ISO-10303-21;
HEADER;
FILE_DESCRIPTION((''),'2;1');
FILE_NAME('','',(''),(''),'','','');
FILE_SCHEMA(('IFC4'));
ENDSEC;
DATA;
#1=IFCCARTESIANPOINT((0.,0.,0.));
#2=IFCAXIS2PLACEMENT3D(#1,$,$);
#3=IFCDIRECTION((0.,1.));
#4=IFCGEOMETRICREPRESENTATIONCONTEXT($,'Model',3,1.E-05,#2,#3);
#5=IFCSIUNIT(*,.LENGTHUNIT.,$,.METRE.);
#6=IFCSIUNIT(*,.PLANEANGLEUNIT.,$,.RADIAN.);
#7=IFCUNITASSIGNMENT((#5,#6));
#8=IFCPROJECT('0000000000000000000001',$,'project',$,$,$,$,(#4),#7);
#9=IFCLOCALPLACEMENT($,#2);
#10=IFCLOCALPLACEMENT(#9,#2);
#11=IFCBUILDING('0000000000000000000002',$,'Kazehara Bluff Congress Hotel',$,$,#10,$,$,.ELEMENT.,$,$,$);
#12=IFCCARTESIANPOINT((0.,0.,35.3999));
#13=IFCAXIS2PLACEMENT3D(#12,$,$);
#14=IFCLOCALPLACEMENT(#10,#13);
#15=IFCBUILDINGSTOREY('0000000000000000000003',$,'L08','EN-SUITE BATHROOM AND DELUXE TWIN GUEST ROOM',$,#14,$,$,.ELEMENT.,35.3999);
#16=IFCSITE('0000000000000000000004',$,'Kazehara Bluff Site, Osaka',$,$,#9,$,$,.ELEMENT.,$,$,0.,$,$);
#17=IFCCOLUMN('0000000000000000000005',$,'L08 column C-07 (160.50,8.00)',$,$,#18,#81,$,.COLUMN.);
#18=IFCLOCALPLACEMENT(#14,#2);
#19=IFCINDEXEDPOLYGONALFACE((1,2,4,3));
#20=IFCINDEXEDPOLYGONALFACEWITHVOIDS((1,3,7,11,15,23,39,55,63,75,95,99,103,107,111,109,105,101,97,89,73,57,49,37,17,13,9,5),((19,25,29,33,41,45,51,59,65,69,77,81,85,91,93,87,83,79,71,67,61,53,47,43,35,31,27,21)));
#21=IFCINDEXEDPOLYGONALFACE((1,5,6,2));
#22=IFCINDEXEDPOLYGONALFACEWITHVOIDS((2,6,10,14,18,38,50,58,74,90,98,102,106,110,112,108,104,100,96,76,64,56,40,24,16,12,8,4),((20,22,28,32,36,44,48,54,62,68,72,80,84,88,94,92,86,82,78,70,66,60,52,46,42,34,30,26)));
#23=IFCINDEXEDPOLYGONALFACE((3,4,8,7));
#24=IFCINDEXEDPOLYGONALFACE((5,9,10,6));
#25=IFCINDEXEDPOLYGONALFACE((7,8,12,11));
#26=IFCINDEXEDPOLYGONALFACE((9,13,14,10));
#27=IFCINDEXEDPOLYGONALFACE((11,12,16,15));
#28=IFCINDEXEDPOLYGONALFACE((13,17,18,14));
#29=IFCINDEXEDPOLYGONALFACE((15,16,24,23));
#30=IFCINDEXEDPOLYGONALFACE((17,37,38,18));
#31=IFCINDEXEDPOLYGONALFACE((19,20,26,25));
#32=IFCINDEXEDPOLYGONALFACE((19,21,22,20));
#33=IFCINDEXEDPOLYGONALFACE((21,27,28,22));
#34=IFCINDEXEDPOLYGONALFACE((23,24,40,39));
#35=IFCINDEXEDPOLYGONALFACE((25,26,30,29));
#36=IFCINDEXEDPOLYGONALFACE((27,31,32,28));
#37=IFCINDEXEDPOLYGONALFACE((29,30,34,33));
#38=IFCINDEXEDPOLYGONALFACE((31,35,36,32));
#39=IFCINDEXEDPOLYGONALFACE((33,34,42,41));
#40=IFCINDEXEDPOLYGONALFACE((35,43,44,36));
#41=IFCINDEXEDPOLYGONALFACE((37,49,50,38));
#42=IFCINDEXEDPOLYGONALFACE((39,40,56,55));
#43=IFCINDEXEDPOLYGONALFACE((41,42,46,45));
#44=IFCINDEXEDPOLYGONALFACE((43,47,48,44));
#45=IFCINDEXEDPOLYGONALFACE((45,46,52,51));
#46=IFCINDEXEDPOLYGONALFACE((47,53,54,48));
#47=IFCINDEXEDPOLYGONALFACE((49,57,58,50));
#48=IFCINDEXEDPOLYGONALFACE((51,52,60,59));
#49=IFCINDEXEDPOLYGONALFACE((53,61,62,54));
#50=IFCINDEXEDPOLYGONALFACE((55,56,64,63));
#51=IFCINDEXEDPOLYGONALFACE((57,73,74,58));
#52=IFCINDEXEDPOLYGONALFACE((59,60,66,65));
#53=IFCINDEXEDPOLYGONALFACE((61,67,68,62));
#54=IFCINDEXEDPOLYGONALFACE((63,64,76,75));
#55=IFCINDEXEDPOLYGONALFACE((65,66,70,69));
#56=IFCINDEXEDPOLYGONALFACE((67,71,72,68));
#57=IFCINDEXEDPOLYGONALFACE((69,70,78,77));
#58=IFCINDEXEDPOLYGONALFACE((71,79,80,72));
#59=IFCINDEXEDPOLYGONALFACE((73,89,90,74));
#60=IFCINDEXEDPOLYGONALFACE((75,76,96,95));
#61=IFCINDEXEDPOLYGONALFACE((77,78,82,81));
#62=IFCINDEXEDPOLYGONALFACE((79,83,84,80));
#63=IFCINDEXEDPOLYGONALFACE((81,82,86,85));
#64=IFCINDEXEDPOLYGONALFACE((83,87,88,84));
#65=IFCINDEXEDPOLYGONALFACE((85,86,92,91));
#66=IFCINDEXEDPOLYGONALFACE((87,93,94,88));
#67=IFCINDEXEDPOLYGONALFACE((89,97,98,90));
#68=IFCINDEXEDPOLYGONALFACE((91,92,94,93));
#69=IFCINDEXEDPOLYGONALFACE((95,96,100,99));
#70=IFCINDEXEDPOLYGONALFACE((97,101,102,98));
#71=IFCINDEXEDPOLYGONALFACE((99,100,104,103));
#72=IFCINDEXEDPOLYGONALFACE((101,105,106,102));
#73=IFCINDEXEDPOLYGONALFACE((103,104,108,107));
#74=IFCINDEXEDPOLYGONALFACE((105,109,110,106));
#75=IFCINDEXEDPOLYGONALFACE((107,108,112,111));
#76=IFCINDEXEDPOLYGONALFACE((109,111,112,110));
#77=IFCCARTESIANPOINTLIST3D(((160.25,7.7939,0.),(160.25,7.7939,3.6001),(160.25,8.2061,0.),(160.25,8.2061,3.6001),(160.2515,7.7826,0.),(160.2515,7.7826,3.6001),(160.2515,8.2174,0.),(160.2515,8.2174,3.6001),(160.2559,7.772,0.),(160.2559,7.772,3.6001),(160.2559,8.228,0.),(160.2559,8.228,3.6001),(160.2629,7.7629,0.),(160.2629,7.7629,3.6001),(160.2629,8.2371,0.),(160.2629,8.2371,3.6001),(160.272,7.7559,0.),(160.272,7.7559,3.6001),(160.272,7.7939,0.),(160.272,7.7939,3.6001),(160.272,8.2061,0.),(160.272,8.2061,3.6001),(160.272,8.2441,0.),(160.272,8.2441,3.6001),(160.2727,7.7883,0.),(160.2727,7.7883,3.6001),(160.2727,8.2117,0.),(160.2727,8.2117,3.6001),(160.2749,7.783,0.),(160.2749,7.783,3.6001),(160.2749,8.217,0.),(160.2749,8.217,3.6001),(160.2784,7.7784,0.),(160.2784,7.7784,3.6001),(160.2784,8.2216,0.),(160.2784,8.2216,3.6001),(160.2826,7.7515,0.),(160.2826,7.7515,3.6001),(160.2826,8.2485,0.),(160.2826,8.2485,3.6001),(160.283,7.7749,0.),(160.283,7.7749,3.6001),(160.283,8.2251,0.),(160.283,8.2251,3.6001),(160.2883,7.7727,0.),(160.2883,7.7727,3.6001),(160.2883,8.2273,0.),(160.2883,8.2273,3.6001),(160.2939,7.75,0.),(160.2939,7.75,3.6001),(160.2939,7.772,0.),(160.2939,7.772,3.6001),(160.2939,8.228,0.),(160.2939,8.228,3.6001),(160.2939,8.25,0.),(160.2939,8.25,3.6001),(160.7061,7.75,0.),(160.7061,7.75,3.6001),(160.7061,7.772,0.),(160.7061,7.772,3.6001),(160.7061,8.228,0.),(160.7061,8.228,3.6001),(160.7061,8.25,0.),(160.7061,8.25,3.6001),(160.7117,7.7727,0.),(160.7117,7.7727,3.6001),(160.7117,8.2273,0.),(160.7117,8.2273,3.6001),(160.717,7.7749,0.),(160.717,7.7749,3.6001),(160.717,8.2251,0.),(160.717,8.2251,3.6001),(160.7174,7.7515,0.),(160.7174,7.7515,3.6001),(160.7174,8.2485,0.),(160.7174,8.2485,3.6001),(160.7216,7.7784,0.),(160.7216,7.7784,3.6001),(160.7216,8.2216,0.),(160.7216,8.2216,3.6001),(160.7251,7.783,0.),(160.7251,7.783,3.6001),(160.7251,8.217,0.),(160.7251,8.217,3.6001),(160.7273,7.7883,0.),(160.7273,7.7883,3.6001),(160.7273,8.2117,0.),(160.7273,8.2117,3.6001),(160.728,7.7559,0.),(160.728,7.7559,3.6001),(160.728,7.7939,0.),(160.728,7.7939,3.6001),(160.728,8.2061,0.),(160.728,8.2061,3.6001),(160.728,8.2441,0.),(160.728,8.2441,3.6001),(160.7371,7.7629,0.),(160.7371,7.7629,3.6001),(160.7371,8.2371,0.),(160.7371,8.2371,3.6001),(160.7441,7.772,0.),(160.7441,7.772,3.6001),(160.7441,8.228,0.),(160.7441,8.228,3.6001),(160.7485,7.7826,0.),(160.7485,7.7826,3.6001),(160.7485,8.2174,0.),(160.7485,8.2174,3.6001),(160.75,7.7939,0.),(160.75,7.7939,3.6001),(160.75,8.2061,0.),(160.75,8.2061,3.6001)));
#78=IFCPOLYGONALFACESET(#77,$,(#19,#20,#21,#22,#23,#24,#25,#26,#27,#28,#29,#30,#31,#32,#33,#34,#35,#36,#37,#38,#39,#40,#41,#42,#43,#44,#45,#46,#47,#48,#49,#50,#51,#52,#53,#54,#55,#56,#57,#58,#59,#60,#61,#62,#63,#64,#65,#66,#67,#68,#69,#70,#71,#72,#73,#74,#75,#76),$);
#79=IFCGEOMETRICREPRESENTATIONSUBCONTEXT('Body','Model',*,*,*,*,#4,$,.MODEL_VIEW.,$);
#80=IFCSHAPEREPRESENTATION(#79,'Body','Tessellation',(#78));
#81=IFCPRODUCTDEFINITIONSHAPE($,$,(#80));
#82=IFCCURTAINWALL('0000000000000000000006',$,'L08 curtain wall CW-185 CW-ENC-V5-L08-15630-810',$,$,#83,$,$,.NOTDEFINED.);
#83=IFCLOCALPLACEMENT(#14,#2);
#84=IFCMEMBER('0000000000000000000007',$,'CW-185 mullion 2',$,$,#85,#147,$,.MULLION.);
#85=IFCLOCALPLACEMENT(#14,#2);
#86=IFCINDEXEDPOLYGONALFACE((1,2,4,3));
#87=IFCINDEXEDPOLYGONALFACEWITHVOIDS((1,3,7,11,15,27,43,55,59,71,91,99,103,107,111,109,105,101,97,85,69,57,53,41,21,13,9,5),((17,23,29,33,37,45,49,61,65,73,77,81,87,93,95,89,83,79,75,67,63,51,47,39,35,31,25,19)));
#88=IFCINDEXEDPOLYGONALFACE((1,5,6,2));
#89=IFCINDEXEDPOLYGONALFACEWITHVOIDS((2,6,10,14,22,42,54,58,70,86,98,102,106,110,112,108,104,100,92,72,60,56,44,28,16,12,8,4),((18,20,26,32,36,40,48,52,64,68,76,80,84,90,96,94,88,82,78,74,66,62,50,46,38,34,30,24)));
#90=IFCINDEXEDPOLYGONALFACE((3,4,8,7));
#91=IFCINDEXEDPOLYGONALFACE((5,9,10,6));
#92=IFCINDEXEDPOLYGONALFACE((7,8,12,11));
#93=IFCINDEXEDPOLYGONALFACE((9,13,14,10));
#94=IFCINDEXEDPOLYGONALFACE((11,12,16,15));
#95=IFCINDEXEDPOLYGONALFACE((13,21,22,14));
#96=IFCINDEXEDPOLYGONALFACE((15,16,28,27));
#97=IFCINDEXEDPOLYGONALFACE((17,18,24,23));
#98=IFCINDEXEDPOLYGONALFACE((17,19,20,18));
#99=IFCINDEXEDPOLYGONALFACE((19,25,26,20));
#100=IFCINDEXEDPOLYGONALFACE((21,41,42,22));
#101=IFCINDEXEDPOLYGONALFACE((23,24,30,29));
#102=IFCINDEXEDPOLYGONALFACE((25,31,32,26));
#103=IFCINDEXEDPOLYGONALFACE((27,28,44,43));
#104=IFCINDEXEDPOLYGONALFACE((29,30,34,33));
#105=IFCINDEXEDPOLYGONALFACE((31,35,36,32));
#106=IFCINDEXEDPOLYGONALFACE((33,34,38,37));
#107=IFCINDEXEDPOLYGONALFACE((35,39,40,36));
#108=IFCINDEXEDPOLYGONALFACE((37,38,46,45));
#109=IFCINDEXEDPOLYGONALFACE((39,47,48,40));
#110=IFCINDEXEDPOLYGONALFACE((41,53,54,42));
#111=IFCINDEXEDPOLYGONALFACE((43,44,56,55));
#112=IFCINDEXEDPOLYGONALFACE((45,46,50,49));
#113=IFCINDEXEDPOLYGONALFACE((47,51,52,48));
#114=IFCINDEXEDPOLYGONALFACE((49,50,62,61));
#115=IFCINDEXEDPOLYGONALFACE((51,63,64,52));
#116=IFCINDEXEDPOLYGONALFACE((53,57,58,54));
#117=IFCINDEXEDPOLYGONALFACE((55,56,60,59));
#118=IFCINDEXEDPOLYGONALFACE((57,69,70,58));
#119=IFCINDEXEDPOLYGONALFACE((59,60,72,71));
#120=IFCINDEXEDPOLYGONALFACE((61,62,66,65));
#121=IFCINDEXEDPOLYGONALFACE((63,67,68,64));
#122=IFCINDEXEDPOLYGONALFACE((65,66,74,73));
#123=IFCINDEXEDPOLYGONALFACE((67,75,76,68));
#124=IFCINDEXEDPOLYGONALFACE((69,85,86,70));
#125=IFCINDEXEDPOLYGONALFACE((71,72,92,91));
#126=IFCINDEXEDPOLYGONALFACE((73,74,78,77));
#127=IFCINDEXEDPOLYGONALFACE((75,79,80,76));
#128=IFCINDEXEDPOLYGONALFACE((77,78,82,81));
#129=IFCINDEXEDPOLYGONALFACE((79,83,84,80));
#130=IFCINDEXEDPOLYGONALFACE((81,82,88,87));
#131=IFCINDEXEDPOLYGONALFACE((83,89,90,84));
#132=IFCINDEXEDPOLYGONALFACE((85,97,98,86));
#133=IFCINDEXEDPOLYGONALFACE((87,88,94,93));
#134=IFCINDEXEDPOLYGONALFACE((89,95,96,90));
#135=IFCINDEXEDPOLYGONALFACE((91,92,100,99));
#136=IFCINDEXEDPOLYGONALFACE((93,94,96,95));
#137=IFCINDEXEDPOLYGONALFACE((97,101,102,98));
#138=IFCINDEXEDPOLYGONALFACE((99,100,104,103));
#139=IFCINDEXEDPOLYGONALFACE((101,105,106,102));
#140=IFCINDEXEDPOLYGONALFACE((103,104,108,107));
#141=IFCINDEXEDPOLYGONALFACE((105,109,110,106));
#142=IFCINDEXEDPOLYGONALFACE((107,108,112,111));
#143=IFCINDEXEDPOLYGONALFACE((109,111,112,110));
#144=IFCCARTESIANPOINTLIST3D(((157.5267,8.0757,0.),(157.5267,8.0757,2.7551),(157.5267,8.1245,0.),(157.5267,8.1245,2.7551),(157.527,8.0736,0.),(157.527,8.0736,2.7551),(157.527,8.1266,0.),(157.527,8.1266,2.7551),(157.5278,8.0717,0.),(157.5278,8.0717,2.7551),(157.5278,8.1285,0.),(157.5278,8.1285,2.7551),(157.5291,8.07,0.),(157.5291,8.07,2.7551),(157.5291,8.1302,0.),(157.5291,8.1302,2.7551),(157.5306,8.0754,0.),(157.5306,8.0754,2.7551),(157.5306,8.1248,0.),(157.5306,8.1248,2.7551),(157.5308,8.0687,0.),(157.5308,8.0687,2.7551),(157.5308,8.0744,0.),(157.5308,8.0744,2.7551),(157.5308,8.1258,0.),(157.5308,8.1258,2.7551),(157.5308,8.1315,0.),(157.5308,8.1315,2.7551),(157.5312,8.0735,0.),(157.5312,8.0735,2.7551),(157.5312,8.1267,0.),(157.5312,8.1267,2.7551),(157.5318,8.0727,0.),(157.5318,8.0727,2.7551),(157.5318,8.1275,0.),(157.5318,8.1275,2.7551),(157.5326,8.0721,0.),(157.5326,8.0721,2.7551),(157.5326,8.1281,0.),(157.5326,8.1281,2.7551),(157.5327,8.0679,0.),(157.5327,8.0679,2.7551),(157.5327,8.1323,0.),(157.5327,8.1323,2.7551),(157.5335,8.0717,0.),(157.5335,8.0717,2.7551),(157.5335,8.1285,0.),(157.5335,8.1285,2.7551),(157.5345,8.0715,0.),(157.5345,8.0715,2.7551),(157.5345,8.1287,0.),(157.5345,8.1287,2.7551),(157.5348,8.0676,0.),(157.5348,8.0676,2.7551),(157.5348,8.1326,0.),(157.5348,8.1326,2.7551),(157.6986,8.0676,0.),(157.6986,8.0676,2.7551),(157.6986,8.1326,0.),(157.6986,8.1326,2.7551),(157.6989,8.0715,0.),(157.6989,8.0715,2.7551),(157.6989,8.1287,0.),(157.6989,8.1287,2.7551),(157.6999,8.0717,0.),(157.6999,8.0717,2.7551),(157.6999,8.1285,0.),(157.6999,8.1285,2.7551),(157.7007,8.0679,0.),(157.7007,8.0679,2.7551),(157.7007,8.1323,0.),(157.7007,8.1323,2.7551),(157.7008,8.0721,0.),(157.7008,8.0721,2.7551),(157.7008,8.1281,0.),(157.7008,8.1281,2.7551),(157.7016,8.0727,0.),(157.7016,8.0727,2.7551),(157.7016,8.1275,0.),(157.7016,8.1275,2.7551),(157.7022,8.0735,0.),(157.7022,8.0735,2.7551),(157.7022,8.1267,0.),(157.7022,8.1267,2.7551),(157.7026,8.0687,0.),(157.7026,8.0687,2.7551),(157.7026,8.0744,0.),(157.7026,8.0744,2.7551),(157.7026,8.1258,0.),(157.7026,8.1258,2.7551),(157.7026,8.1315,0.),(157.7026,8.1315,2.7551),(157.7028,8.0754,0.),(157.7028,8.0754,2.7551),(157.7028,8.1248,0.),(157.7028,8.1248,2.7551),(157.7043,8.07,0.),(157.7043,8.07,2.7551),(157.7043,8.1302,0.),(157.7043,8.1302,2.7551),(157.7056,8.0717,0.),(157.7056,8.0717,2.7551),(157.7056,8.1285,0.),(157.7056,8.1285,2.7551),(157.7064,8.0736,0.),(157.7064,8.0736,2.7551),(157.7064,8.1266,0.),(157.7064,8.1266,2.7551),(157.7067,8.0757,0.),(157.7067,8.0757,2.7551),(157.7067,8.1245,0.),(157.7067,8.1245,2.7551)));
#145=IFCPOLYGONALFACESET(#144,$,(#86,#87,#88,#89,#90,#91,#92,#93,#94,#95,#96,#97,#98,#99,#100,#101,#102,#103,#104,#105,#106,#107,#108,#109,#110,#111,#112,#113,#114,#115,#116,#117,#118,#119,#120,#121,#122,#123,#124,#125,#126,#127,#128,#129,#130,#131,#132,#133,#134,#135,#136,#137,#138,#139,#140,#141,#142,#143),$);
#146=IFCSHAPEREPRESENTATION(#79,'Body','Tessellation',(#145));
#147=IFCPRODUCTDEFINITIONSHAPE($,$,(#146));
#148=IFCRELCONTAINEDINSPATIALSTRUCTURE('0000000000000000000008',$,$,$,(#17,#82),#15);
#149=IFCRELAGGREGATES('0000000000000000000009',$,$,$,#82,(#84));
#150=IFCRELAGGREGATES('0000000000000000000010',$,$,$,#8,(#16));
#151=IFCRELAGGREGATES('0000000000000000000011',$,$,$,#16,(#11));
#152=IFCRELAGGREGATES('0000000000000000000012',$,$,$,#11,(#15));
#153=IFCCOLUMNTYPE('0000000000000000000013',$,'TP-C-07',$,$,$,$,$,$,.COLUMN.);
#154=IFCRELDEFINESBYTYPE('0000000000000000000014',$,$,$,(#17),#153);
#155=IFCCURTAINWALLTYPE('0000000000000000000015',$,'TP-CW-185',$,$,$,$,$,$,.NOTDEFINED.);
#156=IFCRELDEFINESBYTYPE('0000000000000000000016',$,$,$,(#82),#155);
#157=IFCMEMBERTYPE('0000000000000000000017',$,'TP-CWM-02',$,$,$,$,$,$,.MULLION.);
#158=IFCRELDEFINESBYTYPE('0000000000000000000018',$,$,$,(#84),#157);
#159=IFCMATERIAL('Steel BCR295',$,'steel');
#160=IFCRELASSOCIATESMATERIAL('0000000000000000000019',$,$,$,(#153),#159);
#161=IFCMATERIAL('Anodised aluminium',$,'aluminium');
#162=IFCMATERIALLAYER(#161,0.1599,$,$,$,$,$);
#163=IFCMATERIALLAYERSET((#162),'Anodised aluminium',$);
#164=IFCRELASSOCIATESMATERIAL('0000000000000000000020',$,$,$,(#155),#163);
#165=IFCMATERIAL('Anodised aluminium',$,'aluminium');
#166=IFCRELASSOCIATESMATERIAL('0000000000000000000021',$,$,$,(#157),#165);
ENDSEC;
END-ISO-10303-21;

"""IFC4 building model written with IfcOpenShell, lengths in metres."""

from ifc_helpers import new_model, si_unit, direction, frame, origin, origin_2d, place, context, subcontext, project, spatial, hollow_rectangle, extrude, material, layer, layer_set, material_profile, profile_set, type_object, element, aggregate, save


model = new_model("IFC4")

# Units and contexts
model_context = context("Model", 3, precision=1e-05, world=origin(), true_north=direction((0.0, 1.0)))
body_context = subcontext(model_context, "Body", "Model", "MODEL_VIEW")
ifc_project = project(units=[si_unit("LENGTHUNIT", "METRE"), si_unit("PLANEANGLEUNIT", "RADIAN")], contexts=[model_context])

# Site, building, storey
site_placement = place(None, origin())
site = spatial("IfcSite", under=ifc_project, at=site_placement, Name="Kazehara Bluff Site, Osaka", CompositionType="ELEMENT", RefElevation=0.0)
building_placement = place(site_placement, origin())
building = spatial("IfcBuilding", under=site, at=building_placement, Name="Kazehara Bluff Congress Hotel", CompositionType="ELEMENT")
storey_placement = place(building_placement, frame((0.0, 0.0, 35.3999)))
storey = spatial("IfcBuildingStorey", under=building, at=storey_placement, Name="L08", Description="EN-SUITE BATHROOM AND DELUXE TWIN GUEST ROOM", CompositionType="ELEMENT", Elevation=35.3999)

# Column
ifc_material_1 = material(Name="Steel BCR295", Category="steel")
ifc_material_profile_1 = material_profile(ifc_material_1, hollow_rectangle(XDim=0.5, YDim=0.5, WallThickness=0.022, InnerFilletRadius=0.022, OuterFilletRadius=0.0439, at=origin_2d()))
ifc_profile_set_1 = profile_set([ifc_material_profile_1], Name="Steel BCR295")
column_type = type_object("IfcColumnType", Name="TP-C-07", PredefinedType="COLUMN", material=ifc_profile_set_1)
column_placement = place(storey_placement, frame((160.5, 8.0, 0.0), z_axis=(0.0, 0.0, 1.0), x_axis=(1.0, 0.0, 0.0)))
element("IfcColumn", 1, at=column_placement, inside=storey, type_object=column_type, Name="L08 column C-07 (160.50,8.00)", PredefinedType="COLUMN", context=body_context, shape_type="SweptSolid", body=[
    extrude(hollow_rectangle(XDim=0.5, YDim=0.5, WallThickness=0.022, InnerFilletRadius=0.022, OuterFilletRadius=0.0439, at=origin_2d()), origin(), (0.0, 0.0, 1.0), 3.6001),
])

# Curtain wall, member
ifc_material_2 = material(Name="Anodised aluminium", Category="aluminium")
ifc_layer_1 = layer(ifc_material_2, 0.1599)
ifc_layer_set_1 = layer_set([ifc_layer_1], Name="Anodised aluminium")
curtain_wall_type = type_object("IfcCurtainWallType", Name="TP-CW-185", PredefinedType="NOTDEFINED", material=ifc_layer_set_1)
curtain_wall_placement = place(storey_placement, origin())
curtain_wall = element("IfcCurtainWall", 2, at=curtain_wall_placement, inside=storey, type_object=curtain_wall_type, Name="L08 curtain wall CW-185 CW-ENC-V5-L08-15630-810", PredefinedType="NOTDEFINED")
ifc_material_3 = material(Name="Anodised aluminium", Category="aluminium")
ifc_material_profile_2 = material_profile(ifc_material_3, hollow_rectangle(XDim=0.0649, YDim=0.1799, WallThickness=0.0039, InnerFilletRadius=0.0039, OuterFilletRadius=0.0081, at=origin_2d()))
ifc_profile_set_2 = profile_set([ifc_material_profile_2], Name="Anodised aluminium")
member_type_1 = type_object("IfcMemberType", Name="TP-CWM-02", PredefinedType="MULLION", material=ifc_profile_set_2)
member_1_placement = place(storey_placement, frame((157.6167, 8.1001, 0.0), z_axis=(0.0, 0.0, 1.0), x_axis=(0.0, -1.0, 0.0)))
member_1 = element("IfcMember", 3, at=member_1_placement, type_object=member_type_1, Name="CW-185 mullion 2", PredefinedType="MULLION", context=body_context, shape_type="SweptSolid", body=[
    extrude(hollow_rectangle(XDim=0.0649, YDim=0.1799, WallThickness=0.0039, InnerFilletRadius=0.0039, OuterFilletRadius=0.0081, at=origin_2d()), origin(), (0.0, 0.0, 1.0), 2.7551),
])

aggregate(curtain_wall, [member_1])

save(model, "model.ifc")
